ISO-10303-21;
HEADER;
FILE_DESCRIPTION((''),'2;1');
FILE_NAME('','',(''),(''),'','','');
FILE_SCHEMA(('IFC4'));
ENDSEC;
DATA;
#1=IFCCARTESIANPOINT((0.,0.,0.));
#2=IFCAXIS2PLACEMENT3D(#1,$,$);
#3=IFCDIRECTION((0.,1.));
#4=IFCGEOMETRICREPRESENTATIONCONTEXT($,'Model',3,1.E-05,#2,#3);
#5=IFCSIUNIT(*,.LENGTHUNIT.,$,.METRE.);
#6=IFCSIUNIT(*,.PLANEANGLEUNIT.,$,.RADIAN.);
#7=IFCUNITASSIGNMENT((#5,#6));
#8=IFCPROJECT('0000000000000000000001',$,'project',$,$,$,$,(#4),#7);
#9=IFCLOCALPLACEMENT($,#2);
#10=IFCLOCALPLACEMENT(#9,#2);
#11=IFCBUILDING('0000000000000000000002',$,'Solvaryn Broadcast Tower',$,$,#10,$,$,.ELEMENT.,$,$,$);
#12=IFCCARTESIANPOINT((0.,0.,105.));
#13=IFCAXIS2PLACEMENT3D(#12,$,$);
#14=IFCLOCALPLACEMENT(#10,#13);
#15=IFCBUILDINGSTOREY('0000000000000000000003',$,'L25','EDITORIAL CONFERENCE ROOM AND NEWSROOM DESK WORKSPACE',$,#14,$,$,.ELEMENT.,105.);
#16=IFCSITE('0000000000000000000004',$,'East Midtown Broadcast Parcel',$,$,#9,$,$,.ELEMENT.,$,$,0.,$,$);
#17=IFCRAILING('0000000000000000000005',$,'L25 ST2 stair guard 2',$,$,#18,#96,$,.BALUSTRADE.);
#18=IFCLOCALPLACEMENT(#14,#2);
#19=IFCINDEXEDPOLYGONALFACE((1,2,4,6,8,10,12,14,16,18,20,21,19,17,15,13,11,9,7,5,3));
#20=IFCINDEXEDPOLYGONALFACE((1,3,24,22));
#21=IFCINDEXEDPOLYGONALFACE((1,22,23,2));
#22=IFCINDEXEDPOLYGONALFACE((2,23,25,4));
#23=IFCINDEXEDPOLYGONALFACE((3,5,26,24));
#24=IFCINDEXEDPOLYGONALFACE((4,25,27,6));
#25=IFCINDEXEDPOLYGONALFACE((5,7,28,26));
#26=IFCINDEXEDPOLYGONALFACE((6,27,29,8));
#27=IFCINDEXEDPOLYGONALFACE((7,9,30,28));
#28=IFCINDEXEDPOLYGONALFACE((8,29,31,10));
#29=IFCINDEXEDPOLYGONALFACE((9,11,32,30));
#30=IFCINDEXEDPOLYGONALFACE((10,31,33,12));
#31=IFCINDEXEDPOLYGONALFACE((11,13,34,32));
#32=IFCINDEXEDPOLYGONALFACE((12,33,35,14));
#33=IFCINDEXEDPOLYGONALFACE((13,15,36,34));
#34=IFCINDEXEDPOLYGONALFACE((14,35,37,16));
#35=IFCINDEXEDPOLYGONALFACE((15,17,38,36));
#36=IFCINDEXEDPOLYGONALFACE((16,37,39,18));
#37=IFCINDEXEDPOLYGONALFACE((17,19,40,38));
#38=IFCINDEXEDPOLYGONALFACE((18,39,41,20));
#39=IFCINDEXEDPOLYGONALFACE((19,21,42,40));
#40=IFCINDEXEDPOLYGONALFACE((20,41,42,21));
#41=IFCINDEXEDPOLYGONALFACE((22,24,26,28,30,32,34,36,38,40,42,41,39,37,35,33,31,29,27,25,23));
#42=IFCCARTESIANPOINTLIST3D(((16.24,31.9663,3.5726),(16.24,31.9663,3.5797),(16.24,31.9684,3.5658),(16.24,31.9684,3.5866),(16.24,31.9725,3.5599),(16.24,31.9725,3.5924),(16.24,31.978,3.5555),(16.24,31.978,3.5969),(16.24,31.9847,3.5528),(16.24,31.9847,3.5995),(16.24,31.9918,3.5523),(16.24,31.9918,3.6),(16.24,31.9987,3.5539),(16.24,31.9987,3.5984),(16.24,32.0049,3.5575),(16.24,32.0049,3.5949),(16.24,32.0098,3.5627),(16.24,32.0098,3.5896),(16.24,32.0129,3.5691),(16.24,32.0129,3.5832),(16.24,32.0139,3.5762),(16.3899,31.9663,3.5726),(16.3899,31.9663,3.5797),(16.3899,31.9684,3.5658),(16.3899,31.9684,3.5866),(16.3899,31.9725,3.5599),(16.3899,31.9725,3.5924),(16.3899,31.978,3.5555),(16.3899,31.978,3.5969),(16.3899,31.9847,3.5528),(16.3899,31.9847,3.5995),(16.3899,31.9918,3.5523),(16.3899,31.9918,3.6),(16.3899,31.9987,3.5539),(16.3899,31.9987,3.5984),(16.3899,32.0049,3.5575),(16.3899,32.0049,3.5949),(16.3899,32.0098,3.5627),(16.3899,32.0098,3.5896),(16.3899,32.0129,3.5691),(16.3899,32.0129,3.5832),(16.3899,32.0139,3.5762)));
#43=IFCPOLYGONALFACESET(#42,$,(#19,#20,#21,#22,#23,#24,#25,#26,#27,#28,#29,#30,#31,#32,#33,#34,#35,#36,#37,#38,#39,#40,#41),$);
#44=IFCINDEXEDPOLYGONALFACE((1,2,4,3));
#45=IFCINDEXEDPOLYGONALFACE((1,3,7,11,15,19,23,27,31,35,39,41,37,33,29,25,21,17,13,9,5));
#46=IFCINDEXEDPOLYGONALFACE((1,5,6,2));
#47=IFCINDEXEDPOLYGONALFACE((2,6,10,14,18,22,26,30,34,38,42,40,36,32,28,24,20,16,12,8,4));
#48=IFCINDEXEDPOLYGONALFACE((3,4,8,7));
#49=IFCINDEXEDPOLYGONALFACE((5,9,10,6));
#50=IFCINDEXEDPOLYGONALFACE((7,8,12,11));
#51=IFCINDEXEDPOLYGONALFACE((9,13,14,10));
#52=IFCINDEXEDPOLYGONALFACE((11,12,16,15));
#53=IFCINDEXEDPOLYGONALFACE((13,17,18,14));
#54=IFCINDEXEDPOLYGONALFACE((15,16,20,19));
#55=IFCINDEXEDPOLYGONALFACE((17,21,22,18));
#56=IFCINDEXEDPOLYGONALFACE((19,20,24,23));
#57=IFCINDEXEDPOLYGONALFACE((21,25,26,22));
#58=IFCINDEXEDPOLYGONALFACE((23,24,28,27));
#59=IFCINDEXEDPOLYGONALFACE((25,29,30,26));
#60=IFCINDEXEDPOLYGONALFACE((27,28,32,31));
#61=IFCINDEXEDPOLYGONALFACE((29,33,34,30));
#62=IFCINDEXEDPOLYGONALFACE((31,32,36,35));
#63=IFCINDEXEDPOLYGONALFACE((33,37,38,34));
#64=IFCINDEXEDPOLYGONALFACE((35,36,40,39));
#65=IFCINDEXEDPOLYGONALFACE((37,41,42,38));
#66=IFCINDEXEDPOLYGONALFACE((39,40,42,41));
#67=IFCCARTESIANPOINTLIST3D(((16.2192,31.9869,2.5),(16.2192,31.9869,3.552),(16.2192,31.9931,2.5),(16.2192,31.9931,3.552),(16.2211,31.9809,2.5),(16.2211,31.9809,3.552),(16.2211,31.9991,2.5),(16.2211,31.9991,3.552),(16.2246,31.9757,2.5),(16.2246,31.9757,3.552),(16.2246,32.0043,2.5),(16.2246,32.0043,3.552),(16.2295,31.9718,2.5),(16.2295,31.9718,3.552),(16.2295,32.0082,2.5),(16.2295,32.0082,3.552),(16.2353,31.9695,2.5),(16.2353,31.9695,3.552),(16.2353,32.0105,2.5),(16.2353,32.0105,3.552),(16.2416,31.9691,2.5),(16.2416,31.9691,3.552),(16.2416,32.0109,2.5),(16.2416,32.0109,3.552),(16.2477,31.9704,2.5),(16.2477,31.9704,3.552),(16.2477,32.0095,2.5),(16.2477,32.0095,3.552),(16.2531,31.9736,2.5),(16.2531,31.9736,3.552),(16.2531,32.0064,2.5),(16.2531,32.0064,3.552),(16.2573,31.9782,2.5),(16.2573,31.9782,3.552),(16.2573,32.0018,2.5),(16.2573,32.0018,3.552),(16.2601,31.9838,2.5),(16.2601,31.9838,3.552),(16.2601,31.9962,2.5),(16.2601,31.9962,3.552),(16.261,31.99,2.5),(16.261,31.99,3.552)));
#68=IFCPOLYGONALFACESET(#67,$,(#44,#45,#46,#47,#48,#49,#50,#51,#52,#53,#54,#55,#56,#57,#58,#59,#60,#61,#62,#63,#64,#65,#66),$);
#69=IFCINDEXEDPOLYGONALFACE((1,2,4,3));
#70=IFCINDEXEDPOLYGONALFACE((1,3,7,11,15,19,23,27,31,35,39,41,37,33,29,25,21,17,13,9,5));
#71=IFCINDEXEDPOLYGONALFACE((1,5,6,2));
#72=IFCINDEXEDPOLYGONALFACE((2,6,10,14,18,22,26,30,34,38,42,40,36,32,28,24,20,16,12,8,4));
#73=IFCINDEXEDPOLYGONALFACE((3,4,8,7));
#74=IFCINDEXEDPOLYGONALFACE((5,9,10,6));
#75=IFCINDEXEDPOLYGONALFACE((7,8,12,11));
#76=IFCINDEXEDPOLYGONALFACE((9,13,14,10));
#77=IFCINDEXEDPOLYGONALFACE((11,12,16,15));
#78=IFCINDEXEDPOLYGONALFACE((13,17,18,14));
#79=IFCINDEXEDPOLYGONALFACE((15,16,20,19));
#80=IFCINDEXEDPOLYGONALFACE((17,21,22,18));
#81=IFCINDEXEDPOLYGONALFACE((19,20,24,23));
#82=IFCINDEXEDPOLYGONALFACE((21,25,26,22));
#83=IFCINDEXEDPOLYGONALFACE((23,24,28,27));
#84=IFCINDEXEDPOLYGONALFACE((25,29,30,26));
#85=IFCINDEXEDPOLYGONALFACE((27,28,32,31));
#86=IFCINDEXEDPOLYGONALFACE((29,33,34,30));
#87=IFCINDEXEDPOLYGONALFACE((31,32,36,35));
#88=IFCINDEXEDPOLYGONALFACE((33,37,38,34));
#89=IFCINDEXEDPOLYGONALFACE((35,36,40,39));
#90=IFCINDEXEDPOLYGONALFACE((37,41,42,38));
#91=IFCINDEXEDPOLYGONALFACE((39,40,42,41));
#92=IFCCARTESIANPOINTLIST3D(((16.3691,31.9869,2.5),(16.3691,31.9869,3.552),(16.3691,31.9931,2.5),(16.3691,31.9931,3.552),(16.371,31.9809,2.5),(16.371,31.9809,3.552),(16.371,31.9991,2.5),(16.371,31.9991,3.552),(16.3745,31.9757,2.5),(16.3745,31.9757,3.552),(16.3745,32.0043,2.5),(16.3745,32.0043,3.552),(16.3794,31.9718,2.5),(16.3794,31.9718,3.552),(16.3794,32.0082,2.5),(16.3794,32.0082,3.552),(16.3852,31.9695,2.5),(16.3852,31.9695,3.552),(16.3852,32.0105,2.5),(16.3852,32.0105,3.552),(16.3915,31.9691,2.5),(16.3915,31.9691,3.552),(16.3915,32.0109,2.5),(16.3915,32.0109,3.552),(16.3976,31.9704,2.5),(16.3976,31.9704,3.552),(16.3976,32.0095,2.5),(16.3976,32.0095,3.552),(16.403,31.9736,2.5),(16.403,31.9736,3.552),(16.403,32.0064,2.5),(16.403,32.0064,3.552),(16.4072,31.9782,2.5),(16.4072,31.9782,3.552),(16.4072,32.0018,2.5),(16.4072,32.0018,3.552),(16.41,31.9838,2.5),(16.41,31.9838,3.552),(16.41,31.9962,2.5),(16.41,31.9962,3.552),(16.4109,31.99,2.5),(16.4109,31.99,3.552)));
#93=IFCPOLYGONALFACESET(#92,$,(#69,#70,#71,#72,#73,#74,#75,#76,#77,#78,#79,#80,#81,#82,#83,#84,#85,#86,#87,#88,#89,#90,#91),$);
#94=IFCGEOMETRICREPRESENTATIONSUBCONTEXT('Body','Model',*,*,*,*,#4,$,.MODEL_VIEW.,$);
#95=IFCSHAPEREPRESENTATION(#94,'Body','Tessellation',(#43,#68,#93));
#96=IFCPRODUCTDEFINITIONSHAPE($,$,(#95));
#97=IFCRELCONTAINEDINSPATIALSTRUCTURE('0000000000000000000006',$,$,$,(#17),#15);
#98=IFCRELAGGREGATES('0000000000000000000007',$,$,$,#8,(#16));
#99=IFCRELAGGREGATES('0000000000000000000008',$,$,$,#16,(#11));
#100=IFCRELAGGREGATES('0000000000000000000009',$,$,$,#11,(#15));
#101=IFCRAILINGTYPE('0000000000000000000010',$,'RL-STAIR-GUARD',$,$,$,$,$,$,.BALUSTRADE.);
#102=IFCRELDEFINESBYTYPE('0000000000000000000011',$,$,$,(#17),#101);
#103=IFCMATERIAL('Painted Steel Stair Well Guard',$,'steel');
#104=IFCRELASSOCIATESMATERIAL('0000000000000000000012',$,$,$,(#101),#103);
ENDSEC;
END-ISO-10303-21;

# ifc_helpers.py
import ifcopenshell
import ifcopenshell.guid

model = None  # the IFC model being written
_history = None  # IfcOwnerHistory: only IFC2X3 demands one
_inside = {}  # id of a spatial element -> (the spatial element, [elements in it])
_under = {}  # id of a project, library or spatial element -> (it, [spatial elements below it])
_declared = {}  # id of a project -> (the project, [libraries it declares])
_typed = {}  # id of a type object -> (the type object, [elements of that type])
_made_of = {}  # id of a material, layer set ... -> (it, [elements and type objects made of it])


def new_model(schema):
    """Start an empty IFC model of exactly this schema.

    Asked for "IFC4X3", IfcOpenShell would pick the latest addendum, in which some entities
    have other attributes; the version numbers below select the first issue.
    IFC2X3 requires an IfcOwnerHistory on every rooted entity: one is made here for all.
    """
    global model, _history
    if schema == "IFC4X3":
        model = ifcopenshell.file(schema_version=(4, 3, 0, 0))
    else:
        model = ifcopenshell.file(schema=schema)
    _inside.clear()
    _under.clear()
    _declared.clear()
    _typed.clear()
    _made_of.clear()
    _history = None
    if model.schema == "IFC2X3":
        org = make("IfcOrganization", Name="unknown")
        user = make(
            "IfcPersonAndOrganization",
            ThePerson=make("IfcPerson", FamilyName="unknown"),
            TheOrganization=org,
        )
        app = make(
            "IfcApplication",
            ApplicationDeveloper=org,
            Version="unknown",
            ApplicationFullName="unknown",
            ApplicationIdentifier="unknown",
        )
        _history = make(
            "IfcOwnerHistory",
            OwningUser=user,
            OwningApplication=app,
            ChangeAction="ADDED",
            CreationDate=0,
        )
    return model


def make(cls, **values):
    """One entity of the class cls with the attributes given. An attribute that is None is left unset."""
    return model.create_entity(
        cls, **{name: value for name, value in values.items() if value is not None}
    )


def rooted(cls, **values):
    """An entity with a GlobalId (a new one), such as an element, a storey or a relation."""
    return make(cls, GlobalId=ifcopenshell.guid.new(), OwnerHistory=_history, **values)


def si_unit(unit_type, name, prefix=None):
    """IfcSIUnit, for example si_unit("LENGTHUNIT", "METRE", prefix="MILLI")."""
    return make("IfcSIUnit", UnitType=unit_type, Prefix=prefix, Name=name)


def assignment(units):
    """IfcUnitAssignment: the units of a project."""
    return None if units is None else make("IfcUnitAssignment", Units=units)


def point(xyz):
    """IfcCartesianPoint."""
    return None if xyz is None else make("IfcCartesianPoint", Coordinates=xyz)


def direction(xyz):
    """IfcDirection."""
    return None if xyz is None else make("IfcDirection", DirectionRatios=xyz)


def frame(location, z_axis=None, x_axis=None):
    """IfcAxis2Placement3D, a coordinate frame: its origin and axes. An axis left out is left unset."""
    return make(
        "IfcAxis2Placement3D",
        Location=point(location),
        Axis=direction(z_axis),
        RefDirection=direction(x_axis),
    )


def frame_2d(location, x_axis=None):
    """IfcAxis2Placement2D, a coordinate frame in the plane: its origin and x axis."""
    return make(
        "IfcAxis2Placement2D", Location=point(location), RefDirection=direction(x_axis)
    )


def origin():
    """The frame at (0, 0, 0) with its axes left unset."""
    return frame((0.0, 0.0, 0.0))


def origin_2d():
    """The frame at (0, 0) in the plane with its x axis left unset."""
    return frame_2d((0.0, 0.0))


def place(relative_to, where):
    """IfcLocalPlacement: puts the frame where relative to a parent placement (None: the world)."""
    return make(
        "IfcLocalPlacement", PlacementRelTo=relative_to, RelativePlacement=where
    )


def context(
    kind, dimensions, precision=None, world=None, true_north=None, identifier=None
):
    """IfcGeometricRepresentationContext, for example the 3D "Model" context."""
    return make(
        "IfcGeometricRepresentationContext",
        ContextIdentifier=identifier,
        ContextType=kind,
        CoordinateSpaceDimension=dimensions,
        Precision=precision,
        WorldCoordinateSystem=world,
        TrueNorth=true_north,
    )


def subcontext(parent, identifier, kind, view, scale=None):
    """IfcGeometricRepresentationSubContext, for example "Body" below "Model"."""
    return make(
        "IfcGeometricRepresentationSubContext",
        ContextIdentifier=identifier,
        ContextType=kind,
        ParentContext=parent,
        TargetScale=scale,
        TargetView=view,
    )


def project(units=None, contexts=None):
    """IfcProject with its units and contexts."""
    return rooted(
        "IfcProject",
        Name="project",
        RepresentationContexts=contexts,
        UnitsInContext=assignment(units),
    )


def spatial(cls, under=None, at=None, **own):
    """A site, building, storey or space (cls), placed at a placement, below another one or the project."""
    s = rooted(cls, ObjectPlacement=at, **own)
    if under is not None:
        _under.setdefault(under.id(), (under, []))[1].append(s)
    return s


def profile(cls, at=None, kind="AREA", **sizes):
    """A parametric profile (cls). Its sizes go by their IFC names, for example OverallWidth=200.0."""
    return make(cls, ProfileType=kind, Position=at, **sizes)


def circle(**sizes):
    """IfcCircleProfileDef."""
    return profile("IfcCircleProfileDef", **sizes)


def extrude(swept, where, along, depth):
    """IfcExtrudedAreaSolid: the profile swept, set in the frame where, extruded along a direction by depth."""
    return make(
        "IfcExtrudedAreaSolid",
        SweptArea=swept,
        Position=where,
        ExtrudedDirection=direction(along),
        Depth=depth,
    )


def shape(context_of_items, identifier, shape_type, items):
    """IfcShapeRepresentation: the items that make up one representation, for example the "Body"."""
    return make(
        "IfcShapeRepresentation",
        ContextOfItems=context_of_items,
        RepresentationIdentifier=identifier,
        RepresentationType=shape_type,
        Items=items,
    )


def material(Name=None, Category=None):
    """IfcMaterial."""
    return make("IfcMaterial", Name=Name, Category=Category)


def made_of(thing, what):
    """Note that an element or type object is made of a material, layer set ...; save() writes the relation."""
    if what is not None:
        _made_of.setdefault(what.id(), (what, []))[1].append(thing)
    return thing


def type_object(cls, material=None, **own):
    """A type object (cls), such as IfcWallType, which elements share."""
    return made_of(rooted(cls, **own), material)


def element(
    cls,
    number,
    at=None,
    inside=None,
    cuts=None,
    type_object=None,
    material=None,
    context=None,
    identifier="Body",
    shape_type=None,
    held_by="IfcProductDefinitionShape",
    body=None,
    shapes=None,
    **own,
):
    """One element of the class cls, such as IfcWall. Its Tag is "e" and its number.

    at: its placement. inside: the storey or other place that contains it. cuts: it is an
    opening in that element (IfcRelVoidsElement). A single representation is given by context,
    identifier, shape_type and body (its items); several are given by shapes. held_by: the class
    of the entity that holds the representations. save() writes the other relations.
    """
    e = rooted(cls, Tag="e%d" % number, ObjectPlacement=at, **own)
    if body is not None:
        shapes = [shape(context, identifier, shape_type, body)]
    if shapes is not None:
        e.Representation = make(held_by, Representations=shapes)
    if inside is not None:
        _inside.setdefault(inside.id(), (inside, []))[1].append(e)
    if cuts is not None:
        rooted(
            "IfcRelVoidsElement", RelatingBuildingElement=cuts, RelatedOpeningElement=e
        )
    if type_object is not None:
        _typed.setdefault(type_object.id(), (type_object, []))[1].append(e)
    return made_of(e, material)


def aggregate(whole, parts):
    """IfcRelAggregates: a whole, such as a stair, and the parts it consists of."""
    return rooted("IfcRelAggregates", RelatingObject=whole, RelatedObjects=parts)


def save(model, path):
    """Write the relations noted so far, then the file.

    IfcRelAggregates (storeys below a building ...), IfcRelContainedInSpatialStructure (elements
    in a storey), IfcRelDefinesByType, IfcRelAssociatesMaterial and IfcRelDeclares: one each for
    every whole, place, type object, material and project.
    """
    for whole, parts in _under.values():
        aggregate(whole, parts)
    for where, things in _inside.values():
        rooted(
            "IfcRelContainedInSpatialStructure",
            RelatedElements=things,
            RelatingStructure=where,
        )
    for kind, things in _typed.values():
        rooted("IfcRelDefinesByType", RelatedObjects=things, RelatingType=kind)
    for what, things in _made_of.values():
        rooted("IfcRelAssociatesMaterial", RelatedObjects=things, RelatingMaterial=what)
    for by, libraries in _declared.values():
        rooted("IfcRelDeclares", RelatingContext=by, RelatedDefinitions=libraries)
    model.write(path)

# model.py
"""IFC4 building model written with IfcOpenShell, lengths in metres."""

from ifc_helpers import new_model, si_unit, direction, frame, origin, origin_2d, place, context, subcontext, project, spatial, circle, extrude, material, type_object, element, save


model = new_model("IFC4")

# Units and contexts
model_context = context("Model", 3, precision=1e-05, world=origin(), true_north=direction((0.0, 1.0)))
body_context = subcontext(model_context, "Body", "Model", "MODEL_VIEW")
ifc_project = project(units=[si_unit("LENGTHUNIT", "METRE"), si_unit("PLANEANGLEUNIT", "RADIAN")], contexts=[model_context])

# Site, building, storey
site_placement = place(None, origin())
site = spatial("IfcSite", under=ifc_project, at=site_placement, Name="East Midtown Broadcast Parcel", CompositionType="ELEMENT", RefElevation=0.0)
building_placement = place(site_placement, origin())
building = spatial("IfcBuilding", under=site, at=building_placement, Name="Solvaryn Broadcast Tower", CompositionType="ELEMENT")
storey_placement = place(building_placement, frame((0.0, 0.0, 105.0)))
storey = spatial("IfcBuildingStorey", under=building, at=storey_placement, Name="L25", Description="EDITORIAL CONFERENCE ROOM AND NEWSROOM DESK WORKSPACE", CompositionType="ELEMENT", Elevation=105.0)

# Railing
ifc_material_1 = material(Name="Painted Steel Stair Well Guard", Category="steel")
railing_type_1 = type_object("IfcRailingType", Name="RL-STAIR-GUARD", PredefinedType="BALUSTRADE", material=ifc_material_1)
railing_1_placement = place(storey_placement, frame((16.24, 31.99, 2.5)))
element("IfcRailing", 1, at=railing_1_placement, inside=storey, type_object=railing_type_1, Name="L25 ST2 stair guard 2", PredefinedType="BALUSTRADE", context=body_context, shape_type="SweptSolid", body=[
    extrude(circle(Radius=0.0239, at=origin_2d()), frame((0.0, 0.0, 1.0762), z_axis=(1.0, 0.0, 0.0), x_axis=(0.0, 1.0, 0.0)), (0.0, 0.0, 1.0), 0.1499),
    extrude(circle(Radius=0.021, at=origin_2d()), origin(), (0.0, 0.0, 1.0), 1.052),
    extrude(circle(Radius=0.021, at=origin_2d()), frame((0.1499, 0.0, 0.0)), (0.0, 0.0, 1.0), 1.052),
])

save(model, "model.ifc")
